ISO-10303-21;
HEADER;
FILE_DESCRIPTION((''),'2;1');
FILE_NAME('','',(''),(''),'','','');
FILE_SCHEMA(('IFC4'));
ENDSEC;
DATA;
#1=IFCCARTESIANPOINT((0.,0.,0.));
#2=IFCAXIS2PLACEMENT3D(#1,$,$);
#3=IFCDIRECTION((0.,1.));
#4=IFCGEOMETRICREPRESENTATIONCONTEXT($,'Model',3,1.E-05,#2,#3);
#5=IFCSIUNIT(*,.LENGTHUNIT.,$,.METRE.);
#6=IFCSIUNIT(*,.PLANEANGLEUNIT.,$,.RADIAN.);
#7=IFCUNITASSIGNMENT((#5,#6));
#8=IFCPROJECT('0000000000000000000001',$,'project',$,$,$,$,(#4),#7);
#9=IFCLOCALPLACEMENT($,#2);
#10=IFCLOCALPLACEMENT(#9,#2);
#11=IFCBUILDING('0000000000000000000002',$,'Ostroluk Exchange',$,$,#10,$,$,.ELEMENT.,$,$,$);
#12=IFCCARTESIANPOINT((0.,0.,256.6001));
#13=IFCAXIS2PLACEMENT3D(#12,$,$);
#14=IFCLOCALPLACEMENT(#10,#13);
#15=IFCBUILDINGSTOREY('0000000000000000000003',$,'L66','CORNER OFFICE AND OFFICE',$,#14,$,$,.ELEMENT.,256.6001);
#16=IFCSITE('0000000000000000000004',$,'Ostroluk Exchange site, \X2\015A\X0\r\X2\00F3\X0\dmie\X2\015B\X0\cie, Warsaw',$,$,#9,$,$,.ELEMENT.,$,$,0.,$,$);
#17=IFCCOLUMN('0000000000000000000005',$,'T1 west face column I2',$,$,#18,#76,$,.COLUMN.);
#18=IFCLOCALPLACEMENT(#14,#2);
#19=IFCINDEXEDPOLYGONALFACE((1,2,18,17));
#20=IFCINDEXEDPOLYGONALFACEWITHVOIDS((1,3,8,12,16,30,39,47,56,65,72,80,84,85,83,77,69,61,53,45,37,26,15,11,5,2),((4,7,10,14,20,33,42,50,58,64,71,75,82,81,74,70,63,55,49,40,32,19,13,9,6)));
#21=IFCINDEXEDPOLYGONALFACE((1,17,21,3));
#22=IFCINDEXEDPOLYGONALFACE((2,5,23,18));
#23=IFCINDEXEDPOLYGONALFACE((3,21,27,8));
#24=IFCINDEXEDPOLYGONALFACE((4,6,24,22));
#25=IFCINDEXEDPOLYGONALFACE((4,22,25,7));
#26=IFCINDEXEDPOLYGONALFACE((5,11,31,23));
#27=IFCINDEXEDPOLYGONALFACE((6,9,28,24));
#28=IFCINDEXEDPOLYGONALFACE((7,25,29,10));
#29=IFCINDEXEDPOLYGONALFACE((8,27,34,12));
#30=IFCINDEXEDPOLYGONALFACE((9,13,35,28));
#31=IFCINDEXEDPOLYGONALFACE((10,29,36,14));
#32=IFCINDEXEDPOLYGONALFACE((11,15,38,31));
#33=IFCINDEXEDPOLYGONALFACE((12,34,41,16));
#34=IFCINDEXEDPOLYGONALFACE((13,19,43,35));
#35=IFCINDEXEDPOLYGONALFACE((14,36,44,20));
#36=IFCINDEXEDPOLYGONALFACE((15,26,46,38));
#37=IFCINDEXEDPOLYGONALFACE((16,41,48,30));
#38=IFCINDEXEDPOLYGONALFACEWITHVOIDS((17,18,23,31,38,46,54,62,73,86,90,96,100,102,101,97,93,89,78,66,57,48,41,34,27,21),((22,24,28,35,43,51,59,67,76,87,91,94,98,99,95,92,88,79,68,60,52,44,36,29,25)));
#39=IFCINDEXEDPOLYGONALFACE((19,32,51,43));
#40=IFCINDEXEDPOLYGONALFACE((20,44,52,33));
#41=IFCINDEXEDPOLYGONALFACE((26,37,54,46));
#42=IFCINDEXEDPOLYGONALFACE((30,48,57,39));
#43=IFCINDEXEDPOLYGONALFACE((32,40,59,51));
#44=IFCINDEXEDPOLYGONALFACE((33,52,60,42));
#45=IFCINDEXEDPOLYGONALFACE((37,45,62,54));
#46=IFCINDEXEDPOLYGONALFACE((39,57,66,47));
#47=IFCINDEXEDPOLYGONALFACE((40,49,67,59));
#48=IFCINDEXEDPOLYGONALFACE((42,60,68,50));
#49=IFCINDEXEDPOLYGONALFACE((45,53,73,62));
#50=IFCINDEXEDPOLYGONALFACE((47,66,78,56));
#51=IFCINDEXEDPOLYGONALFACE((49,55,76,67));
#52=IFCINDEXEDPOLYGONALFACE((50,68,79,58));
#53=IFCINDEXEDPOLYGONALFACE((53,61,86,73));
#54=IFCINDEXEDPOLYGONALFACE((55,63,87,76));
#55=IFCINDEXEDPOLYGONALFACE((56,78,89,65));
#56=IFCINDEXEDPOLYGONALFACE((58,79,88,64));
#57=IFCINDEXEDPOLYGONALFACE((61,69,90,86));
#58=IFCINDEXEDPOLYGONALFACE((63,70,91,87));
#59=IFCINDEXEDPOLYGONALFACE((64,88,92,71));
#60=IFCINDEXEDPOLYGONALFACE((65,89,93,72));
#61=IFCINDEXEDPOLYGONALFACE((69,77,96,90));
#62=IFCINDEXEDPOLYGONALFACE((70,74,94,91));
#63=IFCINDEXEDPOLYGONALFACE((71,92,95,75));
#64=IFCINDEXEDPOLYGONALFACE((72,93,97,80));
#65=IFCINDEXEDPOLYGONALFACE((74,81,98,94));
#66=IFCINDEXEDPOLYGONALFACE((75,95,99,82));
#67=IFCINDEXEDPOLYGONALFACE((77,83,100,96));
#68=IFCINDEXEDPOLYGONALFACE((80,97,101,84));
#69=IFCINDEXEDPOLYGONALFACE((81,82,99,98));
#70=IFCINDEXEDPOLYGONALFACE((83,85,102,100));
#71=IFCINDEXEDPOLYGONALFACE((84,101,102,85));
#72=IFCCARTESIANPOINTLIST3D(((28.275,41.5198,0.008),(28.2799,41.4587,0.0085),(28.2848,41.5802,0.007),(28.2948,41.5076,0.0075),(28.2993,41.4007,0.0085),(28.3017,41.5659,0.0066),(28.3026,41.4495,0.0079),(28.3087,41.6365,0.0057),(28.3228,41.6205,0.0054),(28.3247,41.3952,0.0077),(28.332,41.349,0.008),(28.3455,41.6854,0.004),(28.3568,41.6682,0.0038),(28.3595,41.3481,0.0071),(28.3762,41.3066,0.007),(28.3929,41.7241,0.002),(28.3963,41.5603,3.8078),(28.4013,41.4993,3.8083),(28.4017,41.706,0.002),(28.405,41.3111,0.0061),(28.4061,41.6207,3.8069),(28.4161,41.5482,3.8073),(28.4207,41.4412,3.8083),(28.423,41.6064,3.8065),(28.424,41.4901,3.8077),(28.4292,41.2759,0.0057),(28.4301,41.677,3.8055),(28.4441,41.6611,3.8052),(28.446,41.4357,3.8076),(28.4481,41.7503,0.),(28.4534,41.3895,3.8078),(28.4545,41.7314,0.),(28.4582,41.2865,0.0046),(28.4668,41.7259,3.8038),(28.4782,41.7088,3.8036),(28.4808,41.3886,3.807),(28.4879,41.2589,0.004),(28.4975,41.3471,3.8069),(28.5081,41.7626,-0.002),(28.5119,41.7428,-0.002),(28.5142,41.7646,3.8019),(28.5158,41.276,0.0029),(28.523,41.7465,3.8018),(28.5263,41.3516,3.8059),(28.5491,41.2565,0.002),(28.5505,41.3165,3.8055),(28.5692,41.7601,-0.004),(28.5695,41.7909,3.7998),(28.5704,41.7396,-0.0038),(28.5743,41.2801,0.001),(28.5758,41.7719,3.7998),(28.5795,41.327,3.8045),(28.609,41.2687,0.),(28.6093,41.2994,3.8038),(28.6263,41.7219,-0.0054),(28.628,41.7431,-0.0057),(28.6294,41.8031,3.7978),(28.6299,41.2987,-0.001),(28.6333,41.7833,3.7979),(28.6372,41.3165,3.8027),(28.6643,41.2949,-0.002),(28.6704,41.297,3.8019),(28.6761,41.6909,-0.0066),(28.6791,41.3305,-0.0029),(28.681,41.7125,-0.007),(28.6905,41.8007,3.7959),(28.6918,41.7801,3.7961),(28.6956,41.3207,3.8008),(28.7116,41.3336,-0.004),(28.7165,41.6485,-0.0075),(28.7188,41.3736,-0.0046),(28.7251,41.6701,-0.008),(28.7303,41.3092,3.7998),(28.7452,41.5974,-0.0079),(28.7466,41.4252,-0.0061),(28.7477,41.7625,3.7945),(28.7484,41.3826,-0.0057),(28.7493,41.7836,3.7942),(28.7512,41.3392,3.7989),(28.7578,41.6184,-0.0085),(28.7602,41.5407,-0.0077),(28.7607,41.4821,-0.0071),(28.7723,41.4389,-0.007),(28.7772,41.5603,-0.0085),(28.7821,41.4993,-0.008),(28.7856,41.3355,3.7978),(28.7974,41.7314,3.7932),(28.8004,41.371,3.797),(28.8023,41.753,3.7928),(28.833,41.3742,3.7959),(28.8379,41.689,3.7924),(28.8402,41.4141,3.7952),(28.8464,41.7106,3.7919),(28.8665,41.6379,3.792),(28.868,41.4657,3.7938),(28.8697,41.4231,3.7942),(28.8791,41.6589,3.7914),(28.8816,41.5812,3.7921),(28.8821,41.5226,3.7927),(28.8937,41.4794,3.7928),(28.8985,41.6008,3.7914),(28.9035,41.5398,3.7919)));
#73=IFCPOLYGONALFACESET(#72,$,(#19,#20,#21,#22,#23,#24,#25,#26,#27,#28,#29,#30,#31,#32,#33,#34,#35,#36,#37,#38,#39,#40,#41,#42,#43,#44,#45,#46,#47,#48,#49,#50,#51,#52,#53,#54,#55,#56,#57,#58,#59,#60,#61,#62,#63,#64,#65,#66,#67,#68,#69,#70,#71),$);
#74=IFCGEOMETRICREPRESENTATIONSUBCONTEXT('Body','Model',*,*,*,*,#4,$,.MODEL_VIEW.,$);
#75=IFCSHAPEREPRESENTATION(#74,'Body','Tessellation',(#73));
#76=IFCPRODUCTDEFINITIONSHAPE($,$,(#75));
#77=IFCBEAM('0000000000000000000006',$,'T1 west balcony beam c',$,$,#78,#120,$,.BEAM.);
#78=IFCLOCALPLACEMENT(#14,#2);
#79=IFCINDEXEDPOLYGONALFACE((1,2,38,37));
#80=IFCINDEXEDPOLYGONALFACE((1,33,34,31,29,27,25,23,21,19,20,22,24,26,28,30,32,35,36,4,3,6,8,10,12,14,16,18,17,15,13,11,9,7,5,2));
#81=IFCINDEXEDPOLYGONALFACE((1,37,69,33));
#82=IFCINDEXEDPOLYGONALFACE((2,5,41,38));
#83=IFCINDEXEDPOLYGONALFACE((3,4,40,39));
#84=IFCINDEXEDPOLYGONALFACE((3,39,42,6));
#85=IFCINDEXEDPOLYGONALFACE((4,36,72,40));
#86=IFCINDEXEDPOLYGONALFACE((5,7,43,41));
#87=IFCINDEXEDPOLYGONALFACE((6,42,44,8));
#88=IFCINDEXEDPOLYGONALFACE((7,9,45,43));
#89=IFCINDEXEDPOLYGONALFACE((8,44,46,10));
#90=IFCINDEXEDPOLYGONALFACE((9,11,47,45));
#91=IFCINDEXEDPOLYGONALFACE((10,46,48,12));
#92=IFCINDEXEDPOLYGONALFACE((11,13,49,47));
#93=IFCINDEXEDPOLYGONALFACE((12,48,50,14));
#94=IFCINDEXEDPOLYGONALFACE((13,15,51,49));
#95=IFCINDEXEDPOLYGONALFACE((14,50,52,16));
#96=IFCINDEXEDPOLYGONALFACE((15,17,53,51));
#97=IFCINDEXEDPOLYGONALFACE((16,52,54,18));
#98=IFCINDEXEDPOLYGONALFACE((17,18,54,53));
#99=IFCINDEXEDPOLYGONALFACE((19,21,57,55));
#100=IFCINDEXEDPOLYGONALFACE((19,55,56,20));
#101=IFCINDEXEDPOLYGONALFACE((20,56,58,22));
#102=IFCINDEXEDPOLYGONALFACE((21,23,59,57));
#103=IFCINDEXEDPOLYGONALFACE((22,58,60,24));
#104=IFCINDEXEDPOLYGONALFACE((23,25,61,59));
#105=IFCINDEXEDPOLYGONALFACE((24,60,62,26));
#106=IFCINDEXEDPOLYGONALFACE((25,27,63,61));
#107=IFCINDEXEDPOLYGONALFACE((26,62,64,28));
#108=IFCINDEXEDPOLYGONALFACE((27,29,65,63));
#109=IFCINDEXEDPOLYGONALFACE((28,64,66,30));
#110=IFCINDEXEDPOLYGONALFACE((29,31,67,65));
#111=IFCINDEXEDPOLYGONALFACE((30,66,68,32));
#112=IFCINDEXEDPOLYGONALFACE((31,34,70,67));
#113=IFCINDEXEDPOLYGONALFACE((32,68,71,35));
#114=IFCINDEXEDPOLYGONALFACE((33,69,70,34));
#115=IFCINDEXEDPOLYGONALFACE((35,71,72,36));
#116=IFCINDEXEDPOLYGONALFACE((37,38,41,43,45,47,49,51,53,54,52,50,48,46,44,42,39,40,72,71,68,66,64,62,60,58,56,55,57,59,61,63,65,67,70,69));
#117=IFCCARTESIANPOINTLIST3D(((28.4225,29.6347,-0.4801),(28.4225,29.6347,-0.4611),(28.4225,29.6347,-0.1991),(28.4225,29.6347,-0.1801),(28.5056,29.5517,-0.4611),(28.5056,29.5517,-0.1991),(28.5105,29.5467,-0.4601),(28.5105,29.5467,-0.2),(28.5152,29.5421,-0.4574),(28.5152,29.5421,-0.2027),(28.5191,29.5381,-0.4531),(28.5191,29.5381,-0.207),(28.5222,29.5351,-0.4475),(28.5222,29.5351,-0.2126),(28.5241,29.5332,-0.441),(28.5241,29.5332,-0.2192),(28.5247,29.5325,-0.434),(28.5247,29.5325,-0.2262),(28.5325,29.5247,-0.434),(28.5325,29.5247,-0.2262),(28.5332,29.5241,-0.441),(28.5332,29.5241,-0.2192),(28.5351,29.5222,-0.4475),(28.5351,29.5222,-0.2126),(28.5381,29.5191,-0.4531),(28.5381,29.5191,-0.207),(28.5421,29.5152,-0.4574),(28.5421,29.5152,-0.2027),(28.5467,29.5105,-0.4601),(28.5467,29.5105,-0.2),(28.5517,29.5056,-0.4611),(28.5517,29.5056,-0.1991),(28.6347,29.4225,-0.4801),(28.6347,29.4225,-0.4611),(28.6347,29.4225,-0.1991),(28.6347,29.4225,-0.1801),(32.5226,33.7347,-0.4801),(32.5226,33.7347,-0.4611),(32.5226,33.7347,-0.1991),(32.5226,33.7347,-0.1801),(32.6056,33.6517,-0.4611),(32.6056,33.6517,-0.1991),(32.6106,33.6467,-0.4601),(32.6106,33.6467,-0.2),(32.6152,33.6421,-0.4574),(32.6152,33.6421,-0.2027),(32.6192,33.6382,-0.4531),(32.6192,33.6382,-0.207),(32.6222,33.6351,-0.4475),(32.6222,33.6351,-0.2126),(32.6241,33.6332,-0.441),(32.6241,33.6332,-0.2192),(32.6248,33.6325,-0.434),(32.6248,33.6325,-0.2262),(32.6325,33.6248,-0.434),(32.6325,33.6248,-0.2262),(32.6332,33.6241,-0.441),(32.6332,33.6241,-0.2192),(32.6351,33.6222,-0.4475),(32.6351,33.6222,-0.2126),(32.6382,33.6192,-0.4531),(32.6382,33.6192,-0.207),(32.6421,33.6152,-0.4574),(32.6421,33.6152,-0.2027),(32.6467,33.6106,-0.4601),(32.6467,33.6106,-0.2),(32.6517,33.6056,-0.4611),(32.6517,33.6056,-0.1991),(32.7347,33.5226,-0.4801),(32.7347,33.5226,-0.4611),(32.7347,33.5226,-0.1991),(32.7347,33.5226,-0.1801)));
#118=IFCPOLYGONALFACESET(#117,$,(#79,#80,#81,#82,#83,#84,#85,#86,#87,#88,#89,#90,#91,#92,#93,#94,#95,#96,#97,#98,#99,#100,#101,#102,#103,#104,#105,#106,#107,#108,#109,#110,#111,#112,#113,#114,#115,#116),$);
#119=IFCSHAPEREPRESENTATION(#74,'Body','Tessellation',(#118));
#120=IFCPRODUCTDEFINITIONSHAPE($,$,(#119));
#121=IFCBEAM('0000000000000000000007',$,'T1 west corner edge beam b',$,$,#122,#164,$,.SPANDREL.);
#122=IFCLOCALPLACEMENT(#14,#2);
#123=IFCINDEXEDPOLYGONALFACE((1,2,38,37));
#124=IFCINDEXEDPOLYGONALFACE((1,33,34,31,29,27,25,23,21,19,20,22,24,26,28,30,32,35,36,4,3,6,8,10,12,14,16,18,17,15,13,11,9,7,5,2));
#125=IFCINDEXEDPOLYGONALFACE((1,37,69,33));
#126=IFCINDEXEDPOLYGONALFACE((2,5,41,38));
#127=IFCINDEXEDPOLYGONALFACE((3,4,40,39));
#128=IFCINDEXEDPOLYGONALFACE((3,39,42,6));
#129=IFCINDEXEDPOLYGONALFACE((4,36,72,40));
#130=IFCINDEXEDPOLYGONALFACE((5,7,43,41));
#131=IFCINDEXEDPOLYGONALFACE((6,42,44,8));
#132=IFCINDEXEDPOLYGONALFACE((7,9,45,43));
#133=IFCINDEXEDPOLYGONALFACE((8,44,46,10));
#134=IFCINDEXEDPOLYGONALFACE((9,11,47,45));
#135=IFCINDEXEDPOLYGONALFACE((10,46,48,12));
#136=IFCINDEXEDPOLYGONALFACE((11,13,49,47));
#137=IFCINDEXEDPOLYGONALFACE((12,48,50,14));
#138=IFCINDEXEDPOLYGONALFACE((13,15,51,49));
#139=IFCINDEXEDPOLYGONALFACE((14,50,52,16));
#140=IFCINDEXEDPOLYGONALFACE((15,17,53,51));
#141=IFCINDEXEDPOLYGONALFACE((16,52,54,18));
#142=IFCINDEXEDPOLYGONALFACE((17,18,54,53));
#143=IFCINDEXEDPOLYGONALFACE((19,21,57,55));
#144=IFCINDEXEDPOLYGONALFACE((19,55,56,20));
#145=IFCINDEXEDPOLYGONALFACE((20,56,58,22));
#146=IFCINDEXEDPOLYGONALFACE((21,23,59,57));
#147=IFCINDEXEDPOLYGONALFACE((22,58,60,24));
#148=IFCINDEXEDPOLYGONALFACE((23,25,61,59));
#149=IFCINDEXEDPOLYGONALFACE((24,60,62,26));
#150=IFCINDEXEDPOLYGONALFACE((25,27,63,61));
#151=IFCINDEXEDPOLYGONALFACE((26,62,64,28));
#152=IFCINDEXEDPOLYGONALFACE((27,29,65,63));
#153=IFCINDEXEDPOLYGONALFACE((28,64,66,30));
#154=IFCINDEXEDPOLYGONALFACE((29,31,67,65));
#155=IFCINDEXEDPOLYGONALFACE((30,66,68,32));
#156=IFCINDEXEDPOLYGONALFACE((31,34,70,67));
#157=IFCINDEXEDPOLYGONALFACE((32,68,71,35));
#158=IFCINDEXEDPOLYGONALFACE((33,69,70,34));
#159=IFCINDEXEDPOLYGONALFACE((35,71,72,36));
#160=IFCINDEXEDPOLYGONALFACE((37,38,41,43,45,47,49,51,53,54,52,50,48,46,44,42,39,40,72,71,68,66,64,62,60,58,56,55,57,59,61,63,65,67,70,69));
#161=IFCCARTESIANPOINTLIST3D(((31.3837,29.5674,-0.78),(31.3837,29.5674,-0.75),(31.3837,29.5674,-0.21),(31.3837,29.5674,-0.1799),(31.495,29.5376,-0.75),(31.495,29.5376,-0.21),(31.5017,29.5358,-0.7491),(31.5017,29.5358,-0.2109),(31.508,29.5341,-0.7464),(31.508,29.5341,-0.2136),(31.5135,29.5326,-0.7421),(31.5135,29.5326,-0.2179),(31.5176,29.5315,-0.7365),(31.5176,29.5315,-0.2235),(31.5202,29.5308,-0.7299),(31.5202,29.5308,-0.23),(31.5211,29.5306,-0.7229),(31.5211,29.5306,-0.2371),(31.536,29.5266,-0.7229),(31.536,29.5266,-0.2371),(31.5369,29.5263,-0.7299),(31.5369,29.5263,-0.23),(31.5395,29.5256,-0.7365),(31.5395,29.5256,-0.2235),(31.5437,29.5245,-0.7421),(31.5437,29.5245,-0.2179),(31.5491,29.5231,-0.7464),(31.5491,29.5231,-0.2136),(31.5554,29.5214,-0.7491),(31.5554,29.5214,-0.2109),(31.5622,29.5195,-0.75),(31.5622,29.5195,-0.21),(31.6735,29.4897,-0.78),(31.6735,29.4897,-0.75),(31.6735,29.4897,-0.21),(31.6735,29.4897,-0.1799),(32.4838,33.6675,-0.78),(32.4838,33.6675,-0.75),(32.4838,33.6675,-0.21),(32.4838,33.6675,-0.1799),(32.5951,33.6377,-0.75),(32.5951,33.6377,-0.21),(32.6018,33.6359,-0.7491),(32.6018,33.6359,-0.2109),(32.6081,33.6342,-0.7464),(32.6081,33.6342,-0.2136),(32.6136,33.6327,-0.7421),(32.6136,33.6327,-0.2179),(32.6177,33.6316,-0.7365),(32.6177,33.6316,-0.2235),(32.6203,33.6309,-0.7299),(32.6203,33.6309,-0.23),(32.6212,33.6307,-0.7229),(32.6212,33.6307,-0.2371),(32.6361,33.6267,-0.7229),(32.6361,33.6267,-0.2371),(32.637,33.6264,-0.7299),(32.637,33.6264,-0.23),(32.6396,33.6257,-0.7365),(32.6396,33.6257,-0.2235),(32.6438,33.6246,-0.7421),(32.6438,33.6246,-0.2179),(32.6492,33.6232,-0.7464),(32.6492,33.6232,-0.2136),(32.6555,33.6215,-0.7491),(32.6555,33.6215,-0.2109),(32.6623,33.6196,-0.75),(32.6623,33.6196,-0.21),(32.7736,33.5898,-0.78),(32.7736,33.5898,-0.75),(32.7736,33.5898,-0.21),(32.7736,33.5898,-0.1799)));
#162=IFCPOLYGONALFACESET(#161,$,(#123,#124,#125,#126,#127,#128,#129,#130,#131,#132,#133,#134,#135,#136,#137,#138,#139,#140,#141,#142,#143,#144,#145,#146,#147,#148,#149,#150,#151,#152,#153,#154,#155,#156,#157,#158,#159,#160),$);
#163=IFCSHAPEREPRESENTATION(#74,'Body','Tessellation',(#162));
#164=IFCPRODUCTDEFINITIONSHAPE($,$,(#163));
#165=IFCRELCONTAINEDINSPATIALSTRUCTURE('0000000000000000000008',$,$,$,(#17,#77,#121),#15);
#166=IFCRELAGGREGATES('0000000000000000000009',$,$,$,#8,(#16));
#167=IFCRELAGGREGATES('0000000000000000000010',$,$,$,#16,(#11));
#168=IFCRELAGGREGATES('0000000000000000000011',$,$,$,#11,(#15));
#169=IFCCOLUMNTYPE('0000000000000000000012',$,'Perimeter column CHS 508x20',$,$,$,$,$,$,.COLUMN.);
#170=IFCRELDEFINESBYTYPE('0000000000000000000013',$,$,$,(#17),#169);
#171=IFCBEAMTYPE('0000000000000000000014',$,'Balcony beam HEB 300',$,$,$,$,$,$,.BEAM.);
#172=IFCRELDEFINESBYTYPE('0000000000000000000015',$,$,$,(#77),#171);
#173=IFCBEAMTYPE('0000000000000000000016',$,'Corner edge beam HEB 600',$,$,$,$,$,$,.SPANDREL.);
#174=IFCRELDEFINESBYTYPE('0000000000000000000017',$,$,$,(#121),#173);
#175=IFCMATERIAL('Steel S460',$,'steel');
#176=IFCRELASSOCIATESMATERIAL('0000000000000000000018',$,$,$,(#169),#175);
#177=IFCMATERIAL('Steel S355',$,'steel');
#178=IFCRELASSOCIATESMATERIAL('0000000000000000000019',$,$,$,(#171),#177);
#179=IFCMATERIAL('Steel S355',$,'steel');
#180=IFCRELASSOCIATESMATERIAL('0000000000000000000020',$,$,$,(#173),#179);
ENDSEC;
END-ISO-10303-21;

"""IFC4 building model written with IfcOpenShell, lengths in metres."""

from ifc_helpers import new_model, si_unit, direction, frame, origin, origin_2d, place, context, subcontext, project, spatial, hollow_circle, i_section, extrude, material, material_profile, profile_set, type_object, element, save


model = new_model("IFC4")

# Units and contexts
model_context = context("Model", 3, precision=1e-05, world=origin(), true_north=direction((0.0, 1.0)))
body_context = subcontext(model_context, "Body", "Model", "MODEL_VIEW")
ifc_project = project(units=[si_unit("LENGTHUNIT", "METRE"), si_unit("PLANEANGLEUNIT", "RADIAN")], contexts=[model_context])

# Site, building, storey
site_placement = place(None, origin())
site = spatial("IfcSite", under=ifc_project, at=site_placement, Name="Ostroluk Exchange site, Śródmieście, Warsaw", CompositionType="ELEMENT", RefElevation=0.0)
building_placement = place(site_placement, origin())
building = spatial("IfcBuilding", under=site, at=building_placement, Name="Ostroluk Exchange", CompositionType="ELEMENT")
storey_placement = place(building_placement, frame((0.0, 0.0, 256.6001)))
storey = spatial("IfcBuildingStorey", under=building, at=storey_placement, Name="L66", Description="CORNER OFFICE AND OFFICE", CompositionType="ELEMENT", Elevation=256.6001)

# Column
ifc_material_1 = material(Name="Steel S460", Category="steel")
ifc_material_profile_1 = material_profile(ifc_material_1, hollow_circle(Radius=0.2539, WallThickness=0.02, at=origin_2d()), Name="CHS 508x20")
ifc_profile_set_1 = profile_set([ifc_material_profile_1], Name="Steel S460")
column_type = type_object("IfcColumnType", Name="Perimeter column CHS 508x20", PredefinedType="COLUMN", material=ifc_profile_set_1)
column_placement = place(storey_placement, frame((28.5286, 41.5095, 0.0), z_axis=(0.031915, 0.01066, 0.999434), x_axis=(-0.3168, 0.948492, 0.0)))
element("IfcColumn", 1, at=column_placement, inside=storey, type_object=column_type, Name="T1 west face column I2", PredefinedType="COLUMN", context=body_context, shape_type="SweptSolid", body=[
    extrude(hollow_circle(Radius=0.2539, WallThickness=0.02, at=origin_2d()), origin(), (0.0, 0.0, 1.0), 3.802),
])

# Beams
ifc_material_2 = material(Name="Steel S355", Category="steel")
ifc_material_profile_2 = material_profile(ifc_material_2, i_section(OverallWidth=0.3, OverallDepth=0.3, WebThickness=0.011, FlangeThickness=0.019, FilletRadius=0.0271, at=origin_2d()), Name="HEB 300")
ifc_profile_set_2 = profile_set([ifc_material_profile_2], Name="Steel S355")
beam_type_1 = type_object("IfcBeamType", Name="Balcony beam HEB 300", PredefinedType="BEAM", material=ifc_profile_set_2)
beam_1_placement = place(storey_placement, frame((32.6287, 33.6287, -0.3301), z_axis=(-0.707107, -0.707107, 0.0), x_axis=(0.707107, -0.707107, 0.0)))
element("IfcBeam", 2, at=beam_1_placement, inside=storey, type_object=beam_type_1, Name="T1 west balcony beam c", PredefinedType="BEAM", context=body_context, shape_type="SweptSolid", body=[
    extrude(i_section(OverallWidth=0.3, OverallDepth=0.3, WebThickness=0.011, FlangeThickness=0.019, FilletRadius=0.0271, at=origin_2d()), origin(), (0.0, 0.0, 1.0), 5.7983),
])
ifc_material_3 = material(Name="Steel S355", Category="steel")
ifc_material_profile_3 = material_profile(ifc_material_3, i_section(OverallWidth=0.3, OverallDepth=0.6001, WebThickness=0.0154, FlangeThickness=0.03, FilletRadius=0.0271, at=origin_2d()), Name="HEB 600")
ifc_profile_set_3 = profile_set([ifc_material_profile_3], Name="Steel S355")
beam_type_2 = type_object("IfcBeamType", Name="Corner edge beam HEB 600", PredefinedType="SPANDREL", material=ifc_profile_set_3)
beam_2_placement = place(storey_placement, frame((32.6287, 33.6287, -0.48), z_axis=(-0.259144, -0.965839, 0.0), x_axis=(0.965839, -0.259144, 0.0)))
element("IfcBeam", 3, at=beam_2_placement, inside=storey, type_object=beam_type_2, Name="T1 west corner edge beam b", PredefinedType="SPANDREL", context=body_context, shape_type="SweptSolid", body=[
    extrude(i_section(OverallWidth=0.3, OverallDepth=0.6001, WebThickness=0.0154, FlangeThickness=0.03, FilletRadius=0.0271, at=origin_2d()), origin(), (0.0, 0.0, 1.0), 4.2451),
])

save(model, "model.ifc")
